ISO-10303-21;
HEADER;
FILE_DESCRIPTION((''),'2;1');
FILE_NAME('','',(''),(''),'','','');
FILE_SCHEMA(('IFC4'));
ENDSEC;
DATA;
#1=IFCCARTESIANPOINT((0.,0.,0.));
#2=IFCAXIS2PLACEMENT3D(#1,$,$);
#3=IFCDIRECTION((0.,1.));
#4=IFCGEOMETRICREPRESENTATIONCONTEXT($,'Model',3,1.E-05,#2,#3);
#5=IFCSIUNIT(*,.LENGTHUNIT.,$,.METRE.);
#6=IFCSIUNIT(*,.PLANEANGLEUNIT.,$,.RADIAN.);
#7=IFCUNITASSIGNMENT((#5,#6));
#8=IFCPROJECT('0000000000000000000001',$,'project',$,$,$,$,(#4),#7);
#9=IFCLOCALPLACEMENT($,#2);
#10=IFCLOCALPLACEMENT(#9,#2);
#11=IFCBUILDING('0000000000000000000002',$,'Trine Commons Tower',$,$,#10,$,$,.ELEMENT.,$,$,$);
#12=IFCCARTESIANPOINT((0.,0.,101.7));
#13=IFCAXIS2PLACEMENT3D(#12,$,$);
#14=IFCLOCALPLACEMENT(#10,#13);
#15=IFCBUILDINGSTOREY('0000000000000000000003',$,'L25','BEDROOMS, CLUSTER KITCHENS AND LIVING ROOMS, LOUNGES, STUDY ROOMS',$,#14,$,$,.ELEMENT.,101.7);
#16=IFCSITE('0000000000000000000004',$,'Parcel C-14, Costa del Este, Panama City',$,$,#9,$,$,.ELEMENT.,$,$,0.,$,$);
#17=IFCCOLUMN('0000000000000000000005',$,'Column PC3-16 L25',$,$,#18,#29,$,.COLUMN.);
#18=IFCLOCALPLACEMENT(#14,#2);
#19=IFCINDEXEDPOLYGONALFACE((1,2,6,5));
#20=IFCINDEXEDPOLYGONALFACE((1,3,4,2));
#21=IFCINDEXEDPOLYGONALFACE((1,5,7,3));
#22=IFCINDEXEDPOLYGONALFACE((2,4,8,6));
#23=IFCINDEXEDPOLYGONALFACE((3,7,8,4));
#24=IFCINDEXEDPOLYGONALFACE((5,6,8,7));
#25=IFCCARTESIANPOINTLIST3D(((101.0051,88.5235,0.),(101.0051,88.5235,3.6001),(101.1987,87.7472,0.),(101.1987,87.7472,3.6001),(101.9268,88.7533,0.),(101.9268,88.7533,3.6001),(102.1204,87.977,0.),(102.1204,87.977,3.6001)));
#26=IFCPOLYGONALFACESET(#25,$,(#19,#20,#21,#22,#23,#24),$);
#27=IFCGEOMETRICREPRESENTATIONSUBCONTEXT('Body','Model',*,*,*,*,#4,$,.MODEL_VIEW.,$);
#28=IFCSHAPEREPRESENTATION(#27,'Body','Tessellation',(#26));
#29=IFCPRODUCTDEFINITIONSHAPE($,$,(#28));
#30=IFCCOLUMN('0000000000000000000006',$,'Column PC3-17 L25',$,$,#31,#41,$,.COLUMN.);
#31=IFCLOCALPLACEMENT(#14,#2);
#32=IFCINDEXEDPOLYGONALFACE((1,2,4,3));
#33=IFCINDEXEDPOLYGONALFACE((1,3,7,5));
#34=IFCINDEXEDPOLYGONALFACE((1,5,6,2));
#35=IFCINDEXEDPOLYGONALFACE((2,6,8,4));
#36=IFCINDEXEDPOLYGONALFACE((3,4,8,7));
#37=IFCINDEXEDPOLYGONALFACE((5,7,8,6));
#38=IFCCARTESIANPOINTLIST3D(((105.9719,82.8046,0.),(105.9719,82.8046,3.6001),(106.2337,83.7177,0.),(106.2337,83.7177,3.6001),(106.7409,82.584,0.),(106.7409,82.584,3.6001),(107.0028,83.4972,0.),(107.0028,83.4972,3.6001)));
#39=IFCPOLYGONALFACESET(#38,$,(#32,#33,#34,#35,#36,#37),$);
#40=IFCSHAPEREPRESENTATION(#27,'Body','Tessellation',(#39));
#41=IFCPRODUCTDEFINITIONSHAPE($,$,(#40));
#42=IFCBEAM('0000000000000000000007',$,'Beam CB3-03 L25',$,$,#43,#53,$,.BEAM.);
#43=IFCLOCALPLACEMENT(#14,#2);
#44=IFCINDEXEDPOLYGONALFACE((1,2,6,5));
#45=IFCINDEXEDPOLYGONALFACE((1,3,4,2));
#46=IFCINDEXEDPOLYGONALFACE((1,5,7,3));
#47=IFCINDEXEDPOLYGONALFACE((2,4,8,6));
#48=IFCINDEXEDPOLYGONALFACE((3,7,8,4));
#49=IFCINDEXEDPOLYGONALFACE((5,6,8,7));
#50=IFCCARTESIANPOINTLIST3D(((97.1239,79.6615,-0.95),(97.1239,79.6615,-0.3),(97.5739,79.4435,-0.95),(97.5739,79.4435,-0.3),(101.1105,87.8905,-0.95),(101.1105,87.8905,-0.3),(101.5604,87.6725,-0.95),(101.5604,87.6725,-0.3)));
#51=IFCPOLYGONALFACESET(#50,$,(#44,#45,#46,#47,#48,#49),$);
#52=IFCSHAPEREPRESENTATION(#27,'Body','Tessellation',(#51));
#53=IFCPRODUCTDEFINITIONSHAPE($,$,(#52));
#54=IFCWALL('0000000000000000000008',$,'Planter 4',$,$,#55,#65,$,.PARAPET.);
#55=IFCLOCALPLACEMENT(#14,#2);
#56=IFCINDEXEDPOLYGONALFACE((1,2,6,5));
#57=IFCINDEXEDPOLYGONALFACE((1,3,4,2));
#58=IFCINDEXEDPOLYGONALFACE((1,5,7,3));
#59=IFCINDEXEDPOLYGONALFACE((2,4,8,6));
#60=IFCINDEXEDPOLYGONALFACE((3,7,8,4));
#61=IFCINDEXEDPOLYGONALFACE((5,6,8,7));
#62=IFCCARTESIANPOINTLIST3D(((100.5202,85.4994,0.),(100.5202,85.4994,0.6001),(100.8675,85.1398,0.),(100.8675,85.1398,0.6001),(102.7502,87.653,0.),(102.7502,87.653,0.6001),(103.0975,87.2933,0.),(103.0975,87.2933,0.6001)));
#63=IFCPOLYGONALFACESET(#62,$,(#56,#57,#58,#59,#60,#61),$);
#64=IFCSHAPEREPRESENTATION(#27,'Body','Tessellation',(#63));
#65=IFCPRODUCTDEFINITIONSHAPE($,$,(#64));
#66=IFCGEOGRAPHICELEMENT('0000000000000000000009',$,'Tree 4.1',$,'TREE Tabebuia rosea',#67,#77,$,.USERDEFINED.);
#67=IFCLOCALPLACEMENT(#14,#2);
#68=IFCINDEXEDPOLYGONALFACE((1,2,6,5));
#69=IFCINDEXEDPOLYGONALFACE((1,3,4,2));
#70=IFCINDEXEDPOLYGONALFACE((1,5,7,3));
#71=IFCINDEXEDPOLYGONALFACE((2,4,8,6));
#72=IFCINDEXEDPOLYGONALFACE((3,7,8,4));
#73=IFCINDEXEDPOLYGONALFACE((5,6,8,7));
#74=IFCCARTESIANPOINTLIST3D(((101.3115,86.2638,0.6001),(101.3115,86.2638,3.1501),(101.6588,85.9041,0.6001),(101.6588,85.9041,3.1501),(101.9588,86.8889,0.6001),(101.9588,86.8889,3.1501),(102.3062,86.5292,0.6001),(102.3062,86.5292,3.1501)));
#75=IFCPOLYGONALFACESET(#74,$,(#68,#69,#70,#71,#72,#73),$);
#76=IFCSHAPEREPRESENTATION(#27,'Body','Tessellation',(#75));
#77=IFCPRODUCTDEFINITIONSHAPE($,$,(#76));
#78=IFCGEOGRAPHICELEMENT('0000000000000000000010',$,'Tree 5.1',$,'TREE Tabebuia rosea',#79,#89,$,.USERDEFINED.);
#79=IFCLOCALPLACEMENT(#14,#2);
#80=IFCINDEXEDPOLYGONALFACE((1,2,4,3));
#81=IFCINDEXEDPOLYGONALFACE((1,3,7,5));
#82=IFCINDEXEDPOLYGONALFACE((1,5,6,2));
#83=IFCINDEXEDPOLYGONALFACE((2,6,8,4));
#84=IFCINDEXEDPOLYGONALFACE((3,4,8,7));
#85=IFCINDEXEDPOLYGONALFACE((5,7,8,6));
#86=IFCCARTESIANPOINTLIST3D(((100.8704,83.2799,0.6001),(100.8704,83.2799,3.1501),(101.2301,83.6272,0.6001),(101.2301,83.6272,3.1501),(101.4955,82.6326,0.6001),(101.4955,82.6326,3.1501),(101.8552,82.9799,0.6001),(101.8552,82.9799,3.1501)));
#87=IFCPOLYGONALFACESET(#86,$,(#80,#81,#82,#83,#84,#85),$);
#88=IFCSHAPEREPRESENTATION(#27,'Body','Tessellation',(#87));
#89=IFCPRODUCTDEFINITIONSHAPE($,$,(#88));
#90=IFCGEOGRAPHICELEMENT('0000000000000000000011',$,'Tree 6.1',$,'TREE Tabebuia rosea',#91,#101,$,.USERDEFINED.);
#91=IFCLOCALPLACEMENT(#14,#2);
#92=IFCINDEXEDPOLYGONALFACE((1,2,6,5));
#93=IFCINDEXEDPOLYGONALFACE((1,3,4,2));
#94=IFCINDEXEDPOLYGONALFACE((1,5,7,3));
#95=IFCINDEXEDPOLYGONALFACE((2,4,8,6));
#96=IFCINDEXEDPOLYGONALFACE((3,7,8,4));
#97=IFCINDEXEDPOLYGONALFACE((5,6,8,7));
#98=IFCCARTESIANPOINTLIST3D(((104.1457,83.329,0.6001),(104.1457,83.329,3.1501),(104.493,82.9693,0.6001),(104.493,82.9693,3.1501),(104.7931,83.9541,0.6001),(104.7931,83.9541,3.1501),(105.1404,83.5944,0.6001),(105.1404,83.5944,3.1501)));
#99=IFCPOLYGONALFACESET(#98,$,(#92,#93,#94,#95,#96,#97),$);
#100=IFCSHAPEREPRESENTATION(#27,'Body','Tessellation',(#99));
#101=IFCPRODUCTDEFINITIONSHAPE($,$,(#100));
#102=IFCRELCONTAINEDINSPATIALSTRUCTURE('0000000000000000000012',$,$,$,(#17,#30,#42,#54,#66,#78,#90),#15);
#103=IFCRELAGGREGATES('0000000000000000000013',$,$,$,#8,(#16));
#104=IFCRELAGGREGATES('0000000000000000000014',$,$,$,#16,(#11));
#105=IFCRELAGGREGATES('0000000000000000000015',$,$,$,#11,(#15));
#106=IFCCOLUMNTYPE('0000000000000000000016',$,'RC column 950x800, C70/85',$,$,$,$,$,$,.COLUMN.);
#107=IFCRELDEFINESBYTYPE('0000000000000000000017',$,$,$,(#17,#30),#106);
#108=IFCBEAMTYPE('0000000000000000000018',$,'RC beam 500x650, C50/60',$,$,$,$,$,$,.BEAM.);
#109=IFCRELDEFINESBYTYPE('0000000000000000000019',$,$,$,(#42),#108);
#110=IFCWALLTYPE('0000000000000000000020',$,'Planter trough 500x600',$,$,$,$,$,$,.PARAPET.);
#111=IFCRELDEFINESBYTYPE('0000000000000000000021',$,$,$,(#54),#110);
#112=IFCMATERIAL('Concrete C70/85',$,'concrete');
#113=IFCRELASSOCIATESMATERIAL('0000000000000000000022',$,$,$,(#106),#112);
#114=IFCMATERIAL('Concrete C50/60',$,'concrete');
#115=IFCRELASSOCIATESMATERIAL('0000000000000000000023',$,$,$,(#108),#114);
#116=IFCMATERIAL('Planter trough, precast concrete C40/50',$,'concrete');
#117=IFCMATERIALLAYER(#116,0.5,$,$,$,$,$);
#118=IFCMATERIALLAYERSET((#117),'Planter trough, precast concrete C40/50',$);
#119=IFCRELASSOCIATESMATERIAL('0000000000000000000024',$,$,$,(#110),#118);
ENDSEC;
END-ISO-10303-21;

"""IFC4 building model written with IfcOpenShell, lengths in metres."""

from ifc_helpers import new_model, si_unit, direction, frame, frame_2d, origin, origin_2d, place, context, subcontext, project, spatial, rectangle, extrude, material, layer, layer_set, material_profile, profile_set, type_object, element, save


model = new_model("IFC4")

# Units and contexts
model_context = context("Model", 3, precision=1e-05, world=origin(), true_north=direction((0.0, 1.0)))
body_context = subcontext(model_context, "Body", "Model", "MODEL_VIEW")
ifc_project = project(units=[si_unit("LENGTHUNIT", "METRE"), si_unit("PLANEANGLEUNIT", "RADIAN")], contexts=[model_context])

# Site, building, storey
site_placement = place(None, origin())
site = spatial("IfcSite", under=ifc_project, at=site_placement, Name="Parcel C-14, Costa del Este, Panama City", CompositionType="ELEMENT", RefElevation=0.0)
building_placement = place(site_placement, origin())
building = spatial("IfcBuilding", under=site, at=building_placement, Name="Trine Commons Tower", CompositionType="ELEMENT")
storey_placement = place(building_placement, frame((0.0, 0.0, 101.7)))
storey = spatial("IfcBuildingStorey", under=building, at=storey_placement, Name="L25", Description="BEDROOMS, CLUSTER KITCHENS AND LIVING ROOMS, LOUNGES, STUDY ROOMS", CompositionType="ELEMENT", Elevation=101.7)

# Columns
ifc_material_1 = material(Name="Concrete C70/85", Category="concrete")
ifc_material_profile_1 = material_profile(ifc_material_1, rectangle(XDim=0.95, YDim=0.8, at=origin_2d()), Name="RC 950x800")
ifc_profile_set_1 = profile_set([ifc_material_profile_1], Name="Concrete C70/85")
column_type = type_object("IfcColumnType", Name="RC column 950x800, C70/85", PredefinedType="COLUMN", material=ifc_profile_set_1)
for number, where, z_axis, x_axis, name in (
    (1, (101.5627, 88.2502, 0.0), (0.0, 0.0, 1.0), (0.970296, 0.241922, 0.0), "Column PC3-16 L25"),
    (2, (106.4873, 83.1509, 0.0), (0.0, 0.0, 1.0), (0.275637, 0.961262, 0.0), "Column PC3-17 L25"),
):
    element("IfcColumn", number, at=place(storey_placement, frame(where, z_axis=z_axis, x_axis=x_axis)), inside=storey, type_object=column_type, Name=name, PredefinedType="COLUMN", context=body_context, shape_type="SweptSolid", body=[
        extrude(rectangle(XDim=0.95, YDim=0.8, at=origin_2d()), origin(), (0.0, 0.0, 1.0), 3.6001),
    ])

# Beam
ifc_material_2 = material(Name="Concrete C50/60", Category="concrete")
ifc_material_profile_2 = material_profile(ifc_material_2, rectangle(XDim=0.5, YDim=0.6499, at=origin_2d()), Name="RC 500x650")
ifc_profile_set_2 = profile_set([ifc_material_profile_2], Name="Concrete C50/60")
beam_type = type_object("IfcBeamType", Name="RC beam 500x650, C50/60", PredefinedType="BEAM", material=ifc_profile_set_2)
beam_placement = place(storey_placement, frame((101.3354, 87.7815, -0.625), z_axis=(-0.435986, -0.899953, 0.0), x_axis=(0.899953, -0.435986, 0.0)))
element("IfcBeam", 3, at=beam_placement, inside=storey, type_object=beam_type, Name="Beam CB3-03 L25", PredefinedType="BEAM", context=body_context, shape_type="SweptSolid", body=[
    extrude(rectangle(XDim=0.5, YDim=0.6499, at=origin_2d()), origin(), (0.0, 0.0, 1.0), 9.1438),
])

# Wall
ifc_material_3 = material(Name="Planter trough, precast concrete C40/50", Category="concrete")
ifc_layer = layer(ifc_material_3, 0.5)
ifc_layer_set = layer_set([ifc_layer], Name="Planter trough, precast concrete C40/50")
wall_type = type_object("IfcWallType", Name="Planter trough 500x600", PredefinedType="PARAPET", material=ifc_layer_set)
wall_placement = place(storey_placement, frame((102.9238, 87.4731, 0.0), z_axis=(0.0, 0.0, 1.0), x_axis=(-0.719324, -0.694675, 0.0)))
element("IfcWall", 4, at=wall_placement, inside=storey, type_object=wall_type, Name="Planter 4", PredefinedType="PARAPET", context=body_context, shape_type="SweptSolid", body=[
    extrude(rectangle(XDim=3.1001, YDim=0.5, at=frame_2d((1.55, 0.0))), origin(), (0.0, 0.0, 1.0), 0.6001),
])

# Geographic elements
for number, where, z_axis, x_axis, name in (
    (5, (101.8088, 86.3965, 0.6001), (0.0, 0.0, 1.0), (-0.719333, -0.694666, 0.0), "Tree 4.1"),
    (6, (101.3628, 83.1299, 0.6001), (0.0, 0.0, 1.0), (0.694658, -0.71934, 0.0), "Tree 5.1"),
    (7, (104.6431, 83.4617, 0.6001), (0.0, 0.0, 1.0), (0.719363, 0.694635, 0.0), "Tree 6.1"),
):
    element("IfcGeographicElement", number, at=place(storey_placement, frame(where, z_axis=z_axis, x_axis=x_axis)), inside=storey, Name=name, ObjectType="TREE Tabebuia rosea", PredefinedType="USERDEFINED", context=body_context, shape_type="SweptSolid", body=[
        extrude(rectangle(XDim=0.8999, YDim=0.5, at=origin_2d()), origin(), (0.0, 0.0, 1.0), 2.55),
    ])

save(model, "model.ifc")
